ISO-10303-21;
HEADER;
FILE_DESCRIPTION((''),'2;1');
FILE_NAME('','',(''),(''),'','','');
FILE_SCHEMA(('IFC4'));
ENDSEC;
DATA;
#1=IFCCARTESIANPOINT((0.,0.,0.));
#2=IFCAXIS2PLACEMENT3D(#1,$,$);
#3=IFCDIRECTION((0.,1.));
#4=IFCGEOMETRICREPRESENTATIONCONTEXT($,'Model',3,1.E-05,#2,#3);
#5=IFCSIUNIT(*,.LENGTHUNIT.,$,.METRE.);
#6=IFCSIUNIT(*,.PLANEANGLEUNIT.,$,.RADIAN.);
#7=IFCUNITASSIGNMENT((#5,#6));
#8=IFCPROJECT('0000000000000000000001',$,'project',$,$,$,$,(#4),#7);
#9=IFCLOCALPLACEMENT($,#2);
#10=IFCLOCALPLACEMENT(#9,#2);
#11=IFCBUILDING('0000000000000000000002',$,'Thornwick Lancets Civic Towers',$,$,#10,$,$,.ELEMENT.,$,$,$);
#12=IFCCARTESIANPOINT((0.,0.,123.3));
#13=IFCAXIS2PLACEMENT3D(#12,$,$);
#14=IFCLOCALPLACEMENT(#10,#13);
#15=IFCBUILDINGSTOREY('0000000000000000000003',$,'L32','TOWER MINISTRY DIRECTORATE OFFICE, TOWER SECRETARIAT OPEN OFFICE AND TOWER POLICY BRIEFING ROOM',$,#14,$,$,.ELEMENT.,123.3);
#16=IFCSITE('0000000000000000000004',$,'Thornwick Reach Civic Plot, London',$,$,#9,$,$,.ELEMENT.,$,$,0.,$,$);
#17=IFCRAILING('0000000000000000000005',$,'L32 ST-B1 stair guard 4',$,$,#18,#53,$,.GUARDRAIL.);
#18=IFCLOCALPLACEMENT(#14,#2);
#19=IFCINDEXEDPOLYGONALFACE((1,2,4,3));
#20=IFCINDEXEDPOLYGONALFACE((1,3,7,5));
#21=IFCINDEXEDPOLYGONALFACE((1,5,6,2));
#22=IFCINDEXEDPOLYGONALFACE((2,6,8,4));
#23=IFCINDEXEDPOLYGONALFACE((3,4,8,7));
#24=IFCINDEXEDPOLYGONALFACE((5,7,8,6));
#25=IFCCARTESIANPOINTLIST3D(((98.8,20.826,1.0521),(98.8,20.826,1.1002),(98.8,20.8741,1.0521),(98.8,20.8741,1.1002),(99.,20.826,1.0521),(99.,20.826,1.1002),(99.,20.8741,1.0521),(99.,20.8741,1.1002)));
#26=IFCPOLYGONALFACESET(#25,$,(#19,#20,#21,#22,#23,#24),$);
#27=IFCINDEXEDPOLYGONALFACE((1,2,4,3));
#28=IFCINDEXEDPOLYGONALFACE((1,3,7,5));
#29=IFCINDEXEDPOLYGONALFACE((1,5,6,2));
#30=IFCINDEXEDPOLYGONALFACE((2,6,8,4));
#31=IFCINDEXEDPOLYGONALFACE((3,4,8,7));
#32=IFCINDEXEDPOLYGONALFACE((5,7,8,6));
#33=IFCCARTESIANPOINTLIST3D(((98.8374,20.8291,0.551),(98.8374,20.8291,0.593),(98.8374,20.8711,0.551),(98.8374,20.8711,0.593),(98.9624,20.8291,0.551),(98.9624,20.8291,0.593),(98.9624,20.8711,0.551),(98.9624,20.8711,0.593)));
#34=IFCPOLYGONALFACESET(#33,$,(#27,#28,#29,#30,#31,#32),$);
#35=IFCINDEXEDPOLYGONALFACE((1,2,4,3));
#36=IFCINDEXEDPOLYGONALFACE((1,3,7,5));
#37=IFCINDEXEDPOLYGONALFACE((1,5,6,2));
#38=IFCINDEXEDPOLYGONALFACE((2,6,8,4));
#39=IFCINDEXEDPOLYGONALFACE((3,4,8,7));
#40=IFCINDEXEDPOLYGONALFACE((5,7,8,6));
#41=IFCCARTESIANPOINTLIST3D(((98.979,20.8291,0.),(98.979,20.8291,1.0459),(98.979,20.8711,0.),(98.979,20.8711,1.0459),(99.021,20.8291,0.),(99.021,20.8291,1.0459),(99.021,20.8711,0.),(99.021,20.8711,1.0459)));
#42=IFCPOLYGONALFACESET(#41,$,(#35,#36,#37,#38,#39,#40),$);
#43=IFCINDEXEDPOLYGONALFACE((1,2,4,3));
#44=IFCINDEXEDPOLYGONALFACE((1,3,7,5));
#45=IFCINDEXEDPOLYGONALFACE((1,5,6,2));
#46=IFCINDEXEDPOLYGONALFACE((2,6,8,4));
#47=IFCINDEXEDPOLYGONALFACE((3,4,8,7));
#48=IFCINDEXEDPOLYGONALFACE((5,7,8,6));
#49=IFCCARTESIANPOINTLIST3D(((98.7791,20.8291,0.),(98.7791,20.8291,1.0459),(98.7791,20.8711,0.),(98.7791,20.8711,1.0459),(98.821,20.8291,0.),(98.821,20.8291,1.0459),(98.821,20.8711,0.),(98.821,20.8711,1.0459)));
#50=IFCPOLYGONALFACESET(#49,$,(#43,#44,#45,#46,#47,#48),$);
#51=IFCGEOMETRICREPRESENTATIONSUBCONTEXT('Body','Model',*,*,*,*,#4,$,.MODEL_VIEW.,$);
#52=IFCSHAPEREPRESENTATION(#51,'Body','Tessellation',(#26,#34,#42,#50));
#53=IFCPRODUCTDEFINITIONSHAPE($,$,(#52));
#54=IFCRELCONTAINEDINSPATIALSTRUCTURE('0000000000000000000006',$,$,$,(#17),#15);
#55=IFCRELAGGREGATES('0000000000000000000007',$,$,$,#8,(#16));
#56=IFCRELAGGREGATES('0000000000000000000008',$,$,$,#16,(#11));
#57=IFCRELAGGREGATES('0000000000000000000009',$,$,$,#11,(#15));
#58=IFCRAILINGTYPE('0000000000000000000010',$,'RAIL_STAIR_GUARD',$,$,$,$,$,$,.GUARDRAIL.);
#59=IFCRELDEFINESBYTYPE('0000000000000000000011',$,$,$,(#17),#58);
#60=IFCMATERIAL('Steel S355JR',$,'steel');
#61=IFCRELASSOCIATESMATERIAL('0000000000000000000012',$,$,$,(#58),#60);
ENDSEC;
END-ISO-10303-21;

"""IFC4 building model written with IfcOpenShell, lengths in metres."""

from ifc_helpers import new_model, si_unit, direction, frame, origin, origin_2d, place, context, subcontext, project, spatial, rectangle, extrude, material, type_object, element, save


model = new_model("IFC4")

# Units and contexts
model_context = context("Model", 3, precision=1e-05, world=origin(), true_north=direction((0.0, 1.0)))
body_context = subcontext(model_context, "Body", "Model", "MODEL_VIEW")
ifc_project = project(units=[si_unit("LENGTHUNIT", "METRE"), si_unit("PLANEANGLEUNIT", "RADIAN")], contexts=[model_context])

# Site, building, storey
site_placement = place(None, origin())
site = spatial("IfcSite", under=ifc_project, at=site_placement, Name="Thornwick Reach Civic Plot, London", CompositionType="ELEMENT", RefElevation=0.0)
building_placement = place(site_placement, origin())
building = spatial("IfcBuilding", under=site, at=building_placement, Name="Thornwick Lancets Civic Towers", CompositionType="ELEMENT")
storey_placement = place(building_placement, frame((0.0, 0.0, 123.3)))
storey = spatial("IfcBuildingStorey", under=building, at=storey_placement, Name="L32", Description="TOWER MINISTRY DIRECTORATE OFFICE, TOWER SECRETARIAT OPEN OFFICE AND TOWER POLICY BRIEFING ROOM", CompositionType="ELEMENT", Elevation=123.3)

# Shared definitions
ifc_material_1 = material(Name="Steel S355JR", Category="steel")

# Railing
railing_type_1 = type_object("IfcRailingType", Name="RAIL_STAIR_GUARD", PredefinedType="GUARDRAIL", material=ifc_material_1)
for number, where, name in (
    (1, (99.0, 20.8501, 0.0), "L32 ST-B1 stair guard 4"),
):
    element("IfcRailing", number, at=place(storey_placement, frame(where)), inside=storey, type_object=railing_type_1, Name=name, PredefinedType="GUARDRAIL", context=body_context, shape_type="SweptSolid", body=[
        extrude(rectangle(XDim=0.0481, YDim=0.0481, at=origin_2d()), frame((0.0, 0.0, 1.0762), z_axis=(-1.0, 0.0, 0.0), x_axis=(0.0, -1.0, 0.0)), (0.0, 0.0, 1.0), 0.2),
        extrude(rectangle(XDim=0.042, YDim=0.042, at=origin_2d()), frame((-0.0376, 0.0, 0.572), z_axis=(-1.0, 0.0, 0.0), x_axis=(0.0, -1.0, 0.0)), (0.0, 0.0, 1.0), 0.125),
        extrude(rectangle(XDim=0.042, YDim=0.042, at=origin_2d()), origin(), (0.0, 0.0, 1.0), 1.0459),
        extrude(rectangle(XDim=0.042, YDim=0.042, at=origin_2d()), frame((-0.2, 0.0, 0.0)), (0.0, 0.0, 1.0), 1.0459),
    ])

save(model, "model.ifc")
